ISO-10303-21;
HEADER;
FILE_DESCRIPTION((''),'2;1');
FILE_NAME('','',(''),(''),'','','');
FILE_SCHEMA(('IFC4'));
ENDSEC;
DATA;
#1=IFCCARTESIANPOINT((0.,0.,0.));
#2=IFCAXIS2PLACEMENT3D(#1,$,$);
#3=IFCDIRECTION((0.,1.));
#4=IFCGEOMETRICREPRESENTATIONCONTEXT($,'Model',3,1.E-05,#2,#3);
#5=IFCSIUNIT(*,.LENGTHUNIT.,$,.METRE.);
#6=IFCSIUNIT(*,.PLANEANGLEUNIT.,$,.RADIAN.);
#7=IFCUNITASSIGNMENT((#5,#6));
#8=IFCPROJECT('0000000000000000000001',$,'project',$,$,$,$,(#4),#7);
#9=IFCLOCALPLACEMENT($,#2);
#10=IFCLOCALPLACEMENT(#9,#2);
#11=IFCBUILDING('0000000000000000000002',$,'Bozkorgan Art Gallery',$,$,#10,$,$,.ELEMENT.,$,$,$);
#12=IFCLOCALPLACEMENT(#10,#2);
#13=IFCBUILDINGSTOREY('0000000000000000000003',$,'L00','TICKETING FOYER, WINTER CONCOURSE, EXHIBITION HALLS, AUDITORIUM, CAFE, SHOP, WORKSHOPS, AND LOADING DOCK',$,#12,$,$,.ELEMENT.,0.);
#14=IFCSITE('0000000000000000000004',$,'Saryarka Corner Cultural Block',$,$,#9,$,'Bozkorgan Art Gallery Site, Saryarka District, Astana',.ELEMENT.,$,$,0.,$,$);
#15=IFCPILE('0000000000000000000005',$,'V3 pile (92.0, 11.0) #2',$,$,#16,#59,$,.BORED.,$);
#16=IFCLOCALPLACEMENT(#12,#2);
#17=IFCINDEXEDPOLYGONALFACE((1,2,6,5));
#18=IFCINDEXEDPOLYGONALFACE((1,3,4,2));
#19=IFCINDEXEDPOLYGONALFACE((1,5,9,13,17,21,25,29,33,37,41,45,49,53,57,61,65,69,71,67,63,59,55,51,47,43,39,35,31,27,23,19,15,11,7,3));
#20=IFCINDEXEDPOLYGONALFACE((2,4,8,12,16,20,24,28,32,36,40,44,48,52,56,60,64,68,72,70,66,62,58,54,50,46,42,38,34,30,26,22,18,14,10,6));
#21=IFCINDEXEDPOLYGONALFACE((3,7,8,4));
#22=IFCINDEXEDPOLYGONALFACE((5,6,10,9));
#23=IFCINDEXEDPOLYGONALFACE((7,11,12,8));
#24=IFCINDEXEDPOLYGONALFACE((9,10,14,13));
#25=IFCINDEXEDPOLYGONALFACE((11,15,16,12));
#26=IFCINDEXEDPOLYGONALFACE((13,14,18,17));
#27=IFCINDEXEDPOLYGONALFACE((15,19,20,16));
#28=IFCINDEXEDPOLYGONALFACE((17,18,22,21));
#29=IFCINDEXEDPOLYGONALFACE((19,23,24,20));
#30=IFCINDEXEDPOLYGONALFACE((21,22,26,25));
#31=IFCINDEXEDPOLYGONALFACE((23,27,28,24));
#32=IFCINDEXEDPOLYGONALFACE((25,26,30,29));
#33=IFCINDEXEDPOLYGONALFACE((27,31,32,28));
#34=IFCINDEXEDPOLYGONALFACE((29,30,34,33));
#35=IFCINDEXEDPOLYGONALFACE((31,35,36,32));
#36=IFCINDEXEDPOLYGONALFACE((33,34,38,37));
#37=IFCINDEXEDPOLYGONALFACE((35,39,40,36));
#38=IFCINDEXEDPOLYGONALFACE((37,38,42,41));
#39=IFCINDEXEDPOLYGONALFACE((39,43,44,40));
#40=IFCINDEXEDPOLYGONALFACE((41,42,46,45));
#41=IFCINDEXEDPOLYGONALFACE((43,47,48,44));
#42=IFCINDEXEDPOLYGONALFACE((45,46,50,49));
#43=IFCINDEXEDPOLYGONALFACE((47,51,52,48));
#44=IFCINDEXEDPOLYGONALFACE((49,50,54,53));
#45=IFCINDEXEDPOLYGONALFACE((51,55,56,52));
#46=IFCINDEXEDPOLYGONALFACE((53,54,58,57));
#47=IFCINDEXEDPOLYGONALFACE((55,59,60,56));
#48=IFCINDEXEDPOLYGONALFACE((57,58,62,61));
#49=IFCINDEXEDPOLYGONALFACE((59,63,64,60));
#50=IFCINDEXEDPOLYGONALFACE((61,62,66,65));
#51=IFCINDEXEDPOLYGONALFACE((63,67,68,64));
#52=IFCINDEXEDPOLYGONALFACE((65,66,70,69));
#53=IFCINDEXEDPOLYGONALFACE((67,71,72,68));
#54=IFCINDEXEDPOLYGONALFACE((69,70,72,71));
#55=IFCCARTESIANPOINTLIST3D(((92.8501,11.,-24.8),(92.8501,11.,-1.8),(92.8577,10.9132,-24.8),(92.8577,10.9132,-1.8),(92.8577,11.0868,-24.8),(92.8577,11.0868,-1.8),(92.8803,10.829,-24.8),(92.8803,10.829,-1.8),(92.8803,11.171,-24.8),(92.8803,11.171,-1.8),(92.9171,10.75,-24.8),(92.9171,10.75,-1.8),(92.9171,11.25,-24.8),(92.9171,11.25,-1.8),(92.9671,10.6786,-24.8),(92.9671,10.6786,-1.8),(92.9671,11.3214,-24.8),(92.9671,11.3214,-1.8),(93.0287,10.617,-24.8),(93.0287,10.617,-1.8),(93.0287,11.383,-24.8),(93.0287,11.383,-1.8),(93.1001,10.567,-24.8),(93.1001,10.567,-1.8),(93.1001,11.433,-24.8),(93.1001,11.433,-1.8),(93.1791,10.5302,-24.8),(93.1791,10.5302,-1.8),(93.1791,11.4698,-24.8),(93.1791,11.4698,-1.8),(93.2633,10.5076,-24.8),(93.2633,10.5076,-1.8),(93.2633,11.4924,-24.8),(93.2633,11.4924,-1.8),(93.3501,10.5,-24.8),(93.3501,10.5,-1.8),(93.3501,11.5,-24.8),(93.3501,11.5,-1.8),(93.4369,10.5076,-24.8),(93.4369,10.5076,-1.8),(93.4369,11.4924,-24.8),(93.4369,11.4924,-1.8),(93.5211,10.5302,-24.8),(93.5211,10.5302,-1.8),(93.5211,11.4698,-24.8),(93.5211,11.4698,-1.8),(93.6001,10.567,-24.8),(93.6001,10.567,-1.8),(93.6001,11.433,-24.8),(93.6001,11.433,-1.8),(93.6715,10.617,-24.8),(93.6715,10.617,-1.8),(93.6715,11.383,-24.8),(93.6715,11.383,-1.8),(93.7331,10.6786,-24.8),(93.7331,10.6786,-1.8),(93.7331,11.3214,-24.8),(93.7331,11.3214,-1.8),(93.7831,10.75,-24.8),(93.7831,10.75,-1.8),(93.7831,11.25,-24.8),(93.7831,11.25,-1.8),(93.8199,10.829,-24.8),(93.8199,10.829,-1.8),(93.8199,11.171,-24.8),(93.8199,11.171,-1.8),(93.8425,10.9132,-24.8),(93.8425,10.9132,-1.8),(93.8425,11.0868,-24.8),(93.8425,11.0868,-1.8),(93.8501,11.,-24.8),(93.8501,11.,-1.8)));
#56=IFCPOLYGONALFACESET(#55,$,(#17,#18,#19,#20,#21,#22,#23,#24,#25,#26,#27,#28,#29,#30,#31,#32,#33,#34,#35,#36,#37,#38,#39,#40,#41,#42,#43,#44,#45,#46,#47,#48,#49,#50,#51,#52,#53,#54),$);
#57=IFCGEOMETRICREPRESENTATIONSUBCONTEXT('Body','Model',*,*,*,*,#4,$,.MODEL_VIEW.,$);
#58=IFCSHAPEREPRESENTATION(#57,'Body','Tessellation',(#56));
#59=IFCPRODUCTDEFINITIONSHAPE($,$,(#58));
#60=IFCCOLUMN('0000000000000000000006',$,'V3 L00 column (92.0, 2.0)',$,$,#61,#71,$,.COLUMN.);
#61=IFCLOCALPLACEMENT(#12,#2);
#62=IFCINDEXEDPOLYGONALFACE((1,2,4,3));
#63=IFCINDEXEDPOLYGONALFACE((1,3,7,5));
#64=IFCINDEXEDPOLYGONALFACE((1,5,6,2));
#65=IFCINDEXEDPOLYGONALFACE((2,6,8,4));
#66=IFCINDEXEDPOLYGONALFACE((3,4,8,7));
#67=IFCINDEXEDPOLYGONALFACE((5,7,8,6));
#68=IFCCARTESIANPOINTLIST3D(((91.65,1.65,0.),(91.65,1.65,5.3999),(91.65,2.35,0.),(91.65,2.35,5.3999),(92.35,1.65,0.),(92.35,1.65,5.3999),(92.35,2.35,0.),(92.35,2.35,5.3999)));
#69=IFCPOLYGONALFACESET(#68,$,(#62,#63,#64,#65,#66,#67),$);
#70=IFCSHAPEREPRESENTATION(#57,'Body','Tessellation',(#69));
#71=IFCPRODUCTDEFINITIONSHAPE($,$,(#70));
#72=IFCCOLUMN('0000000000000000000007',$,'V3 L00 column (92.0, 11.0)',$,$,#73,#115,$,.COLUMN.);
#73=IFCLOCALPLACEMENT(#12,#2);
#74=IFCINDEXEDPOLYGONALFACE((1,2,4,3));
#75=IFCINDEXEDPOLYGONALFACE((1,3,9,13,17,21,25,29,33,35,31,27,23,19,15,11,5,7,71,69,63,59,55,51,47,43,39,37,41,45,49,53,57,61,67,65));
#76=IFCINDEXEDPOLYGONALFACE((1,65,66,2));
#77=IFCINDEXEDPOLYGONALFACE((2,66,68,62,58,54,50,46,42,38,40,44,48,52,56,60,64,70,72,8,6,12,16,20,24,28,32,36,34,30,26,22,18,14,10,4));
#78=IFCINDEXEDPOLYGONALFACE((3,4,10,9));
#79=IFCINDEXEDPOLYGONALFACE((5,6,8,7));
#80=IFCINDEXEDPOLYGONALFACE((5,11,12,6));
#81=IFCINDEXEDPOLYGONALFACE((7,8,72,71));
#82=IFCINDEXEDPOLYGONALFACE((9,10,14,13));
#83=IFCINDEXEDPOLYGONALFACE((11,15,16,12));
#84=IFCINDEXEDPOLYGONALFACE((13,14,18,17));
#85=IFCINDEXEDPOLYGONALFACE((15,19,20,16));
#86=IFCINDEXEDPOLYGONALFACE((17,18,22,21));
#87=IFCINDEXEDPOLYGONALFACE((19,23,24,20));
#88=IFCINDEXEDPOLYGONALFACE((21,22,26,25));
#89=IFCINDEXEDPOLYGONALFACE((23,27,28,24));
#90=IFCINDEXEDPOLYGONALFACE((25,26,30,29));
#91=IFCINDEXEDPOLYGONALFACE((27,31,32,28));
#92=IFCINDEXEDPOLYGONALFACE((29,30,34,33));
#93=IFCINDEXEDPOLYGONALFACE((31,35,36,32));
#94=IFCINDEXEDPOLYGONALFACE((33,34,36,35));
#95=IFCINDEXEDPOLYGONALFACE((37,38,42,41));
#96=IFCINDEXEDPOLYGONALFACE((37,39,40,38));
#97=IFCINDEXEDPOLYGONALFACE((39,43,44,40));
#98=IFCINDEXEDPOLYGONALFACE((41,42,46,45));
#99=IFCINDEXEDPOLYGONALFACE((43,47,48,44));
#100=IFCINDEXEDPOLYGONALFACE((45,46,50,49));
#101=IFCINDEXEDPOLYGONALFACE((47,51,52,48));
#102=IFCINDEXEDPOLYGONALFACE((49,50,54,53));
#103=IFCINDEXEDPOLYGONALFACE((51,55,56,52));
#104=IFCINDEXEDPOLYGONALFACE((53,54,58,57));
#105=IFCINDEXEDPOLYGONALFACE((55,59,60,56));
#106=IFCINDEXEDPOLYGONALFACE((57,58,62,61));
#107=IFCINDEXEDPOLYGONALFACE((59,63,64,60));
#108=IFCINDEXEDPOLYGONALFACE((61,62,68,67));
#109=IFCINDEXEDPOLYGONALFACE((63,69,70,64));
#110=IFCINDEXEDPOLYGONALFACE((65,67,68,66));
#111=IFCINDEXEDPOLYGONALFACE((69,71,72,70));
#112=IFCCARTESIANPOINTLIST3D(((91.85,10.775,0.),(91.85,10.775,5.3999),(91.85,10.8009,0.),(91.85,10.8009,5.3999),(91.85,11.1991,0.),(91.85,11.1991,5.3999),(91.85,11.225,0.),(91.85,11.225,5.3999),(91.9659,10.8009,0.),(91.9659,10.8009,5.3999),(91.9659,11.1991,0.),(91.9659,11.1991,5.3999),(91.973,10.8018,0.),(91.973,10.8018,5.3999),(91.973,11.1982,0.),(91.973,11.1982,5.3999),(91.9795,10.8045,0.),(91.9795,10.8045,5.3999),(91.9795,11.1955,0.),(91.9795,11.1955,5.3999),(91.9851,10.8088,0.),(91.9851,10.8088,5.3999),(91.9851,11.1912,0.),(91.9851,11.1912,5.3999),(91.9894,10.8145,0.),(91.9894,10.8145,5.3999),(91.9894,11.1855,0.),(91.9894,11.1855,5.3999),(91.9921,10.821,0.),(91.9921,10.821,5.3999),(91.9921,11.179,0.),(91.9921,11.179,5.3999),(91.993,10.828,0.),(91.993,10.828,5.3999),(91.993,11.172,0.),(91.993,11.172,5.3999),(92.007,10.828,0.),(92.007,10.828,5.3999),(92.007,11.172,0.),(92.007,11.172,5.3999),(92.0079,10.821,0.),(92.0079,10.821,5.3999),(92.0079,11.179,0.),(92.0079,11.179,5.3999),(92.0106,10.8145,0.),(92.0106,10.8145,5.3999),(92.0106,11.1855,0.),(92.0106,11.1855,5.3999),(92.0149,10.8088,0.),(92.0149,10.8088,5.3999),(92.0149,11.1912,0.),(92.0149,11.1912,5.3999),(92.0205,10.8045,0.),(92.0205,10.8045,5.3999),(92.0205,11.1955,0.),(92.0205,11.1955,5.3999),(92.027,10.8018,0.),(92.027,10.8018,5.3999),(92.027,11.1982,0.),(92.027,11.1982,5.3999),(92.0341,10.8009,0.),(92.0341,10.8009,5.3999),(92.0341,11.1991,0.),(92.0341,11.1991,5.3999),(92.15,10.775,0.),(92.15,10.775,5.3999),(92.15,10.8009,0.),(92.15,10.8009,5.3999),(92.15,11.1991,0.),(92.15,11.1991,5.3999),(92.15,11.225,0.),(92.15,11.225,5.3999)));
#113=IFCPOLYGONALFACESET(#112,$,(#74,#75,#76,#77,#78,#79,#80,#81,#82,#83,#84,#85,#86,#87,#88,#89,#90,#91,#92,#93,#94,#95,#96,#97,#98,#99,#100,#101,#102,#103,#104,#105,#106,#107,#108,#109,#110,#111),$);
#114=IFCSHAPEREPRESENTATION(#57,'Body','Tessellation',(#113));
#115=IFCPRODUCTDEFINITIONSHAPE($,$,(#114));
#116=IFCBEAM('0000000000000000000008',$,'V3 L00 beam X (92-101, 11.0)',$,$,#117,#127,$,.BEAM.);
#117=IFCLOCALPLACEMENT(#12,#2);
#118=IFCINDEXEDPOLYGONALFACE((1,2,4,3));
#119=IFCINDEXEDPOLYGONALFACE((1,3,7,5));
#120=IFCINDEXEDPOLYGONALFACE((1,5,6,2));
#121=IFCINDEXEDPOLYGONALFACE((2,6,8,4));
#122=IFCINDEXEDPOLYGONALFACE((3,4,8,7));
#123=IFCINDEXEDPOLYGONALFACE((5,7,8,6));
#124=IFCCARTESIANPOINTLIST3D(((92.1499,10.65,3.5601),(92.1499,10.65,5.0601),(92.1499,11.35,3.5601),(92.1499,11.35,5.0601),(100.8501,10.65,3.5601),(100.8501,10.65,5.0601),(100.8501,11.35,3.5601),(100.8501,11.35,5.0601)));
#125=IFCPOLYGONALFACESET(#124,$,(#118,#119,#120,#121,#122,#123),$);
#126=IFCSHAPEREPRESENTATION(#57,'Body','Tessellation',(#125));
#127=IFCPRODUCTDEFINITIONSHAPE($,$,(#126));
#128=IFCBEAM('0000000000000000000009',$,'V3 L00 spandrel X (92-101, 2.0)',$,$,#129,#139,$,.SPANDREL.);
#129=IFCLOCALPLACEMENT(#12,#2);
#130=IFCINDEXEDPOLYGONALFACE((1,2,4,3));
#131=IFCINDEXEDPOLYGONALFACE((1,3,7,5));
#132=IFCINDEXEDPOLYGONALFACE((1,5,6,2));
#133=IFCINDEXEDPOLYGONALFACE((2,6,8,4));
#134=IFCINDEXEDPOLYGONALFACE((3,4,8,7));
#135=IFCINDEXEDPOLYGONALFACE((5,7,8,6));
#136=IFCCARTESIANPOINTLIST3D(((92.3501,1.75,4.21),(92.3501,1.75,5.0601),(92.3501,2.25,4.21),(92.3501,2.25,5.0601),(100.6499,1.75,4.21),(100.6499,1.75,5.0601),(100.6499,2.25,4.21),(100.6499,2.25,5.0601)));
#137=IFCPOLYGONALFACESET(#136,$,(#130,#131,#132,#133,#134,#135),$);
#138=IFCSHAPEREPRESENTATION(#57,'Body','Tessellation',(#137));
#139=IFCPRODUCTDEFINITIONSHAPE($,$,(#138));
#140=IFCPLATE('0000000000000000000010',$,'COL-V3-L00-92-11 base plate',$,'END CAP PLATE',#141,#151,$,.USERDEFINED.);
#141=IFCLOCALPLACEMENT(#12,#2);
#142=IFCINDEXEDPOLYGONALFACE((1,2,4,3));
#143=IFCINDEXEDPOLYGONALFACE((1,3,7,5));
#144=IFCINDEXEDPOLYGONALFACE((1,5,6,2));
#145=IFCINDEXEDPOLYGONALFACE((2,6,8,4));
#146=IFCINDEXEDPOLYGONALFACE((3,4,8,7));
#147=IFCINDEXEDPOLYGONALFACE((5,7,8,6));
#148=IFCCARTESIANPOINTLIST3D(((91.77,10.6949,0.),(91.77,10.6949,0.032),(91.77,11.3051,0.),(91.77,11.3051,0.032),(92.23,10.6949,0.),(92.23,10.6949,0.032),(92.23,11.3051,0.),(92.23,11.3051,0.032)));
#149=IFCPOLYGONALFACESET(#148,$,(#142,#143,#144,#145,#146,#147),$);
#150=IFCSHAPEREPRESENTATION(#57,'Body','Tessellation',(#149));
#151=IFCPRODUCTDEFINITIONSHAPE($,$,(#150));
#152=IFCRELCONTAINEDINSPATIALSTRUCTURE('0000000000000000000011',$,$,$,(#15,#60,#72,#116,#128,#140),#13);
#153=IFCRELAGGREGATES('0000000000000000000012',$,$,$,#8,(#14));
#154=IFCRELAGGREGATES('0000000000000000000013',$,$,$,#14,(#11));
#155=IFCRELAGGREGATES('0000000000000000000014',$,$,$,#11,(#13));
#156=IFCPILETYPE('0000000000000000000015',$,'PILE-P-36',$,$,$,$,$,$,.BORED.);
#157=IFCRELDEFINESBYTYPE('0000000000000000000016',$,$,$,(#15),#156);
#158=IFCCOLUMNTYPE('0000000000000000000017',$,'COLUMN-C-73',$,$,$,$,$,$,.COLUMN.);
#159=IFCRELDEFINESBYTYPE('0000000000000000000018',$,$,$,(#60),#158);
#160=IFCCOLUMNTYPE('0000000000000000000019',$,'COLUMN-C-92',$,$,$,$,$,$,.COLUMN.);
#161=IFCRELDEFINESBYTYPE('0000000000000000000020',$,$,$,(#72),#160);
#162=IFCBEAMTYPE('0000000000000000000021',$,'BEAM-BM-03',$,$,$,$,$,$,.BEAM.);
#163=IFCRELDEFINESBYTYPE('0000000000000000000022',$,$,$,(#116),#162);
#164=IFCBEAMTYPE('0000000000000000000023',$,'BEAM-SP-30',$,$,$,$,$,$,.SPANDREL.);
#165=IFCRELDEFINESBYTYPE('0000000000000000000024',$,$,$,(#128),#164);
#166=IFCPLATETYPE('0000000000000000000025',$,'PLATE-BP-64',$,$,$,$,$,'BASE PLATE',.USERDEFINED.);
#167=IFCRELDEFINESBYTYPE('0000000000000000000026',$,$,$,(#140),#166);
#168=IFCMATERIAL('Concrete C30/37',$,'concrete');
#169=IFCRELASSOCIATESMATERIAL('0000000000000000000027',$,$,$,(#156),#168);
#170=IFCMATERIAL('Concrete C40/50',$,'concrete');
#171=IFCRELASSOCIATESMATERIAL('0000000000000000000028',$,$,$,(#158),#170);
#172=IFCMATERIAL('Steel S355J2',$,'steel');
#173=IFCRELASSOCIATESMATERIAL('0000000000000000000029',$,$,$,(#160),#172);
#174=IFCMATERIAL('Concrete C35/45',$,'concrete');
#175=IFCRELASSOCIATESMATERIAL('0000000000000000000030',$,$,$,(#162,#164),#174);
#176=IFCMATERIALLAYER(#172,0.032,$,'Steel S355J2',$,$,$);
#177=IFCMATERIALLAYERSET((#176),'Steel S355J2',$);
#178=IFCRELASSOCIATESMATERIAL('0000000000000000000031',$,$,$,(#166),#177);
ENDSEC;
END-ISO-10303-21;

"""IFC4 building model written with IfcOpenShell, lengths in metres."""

from ifc_helpers import new_model, si_unit, direction, frame, origin, origin_2d, place, context, subcontext, project, spatial, rectangle, circle, i_section, extrude, material, layer, layer_set, material_profile, profile_set, type_object, element, save


model = new_model("IFC4")

# Units and contexts
model_context = context("Model", 3, precision=1e-05, world=origin(), true_north=direction((0.0, 1.0)))
body_context = subcontext(model_context, "Body", "Model", "MODEL_VIEW")
ifc_project = project(units=[si_unit("LENGTHUNIT", "METRE"), si_unit("PLANEANGLEUNIT", "RADIAN")], contexts=[model_context])

# Site, building, storey
site_placement = place(None, origin())
site = spatial("IfcSite", under=ifc_project, at=site_placement, Name="Saryarka Corner Cultural Block", LongName="Bozkorgan Art Gallery Site, Saryarka District, Astana", CompositionType="ELEMENT", RefElevation=0.0)
building_placement = place(site_placement, origin())
building = spatial("IfcBuilding", under=site, at=building_placement, Name="Bozkorgan Art Gallery", CompositionType="ELEMENT")
storey_placement = place(building_placement, origin())
storey = spatial("IfcBuildingStorey", under=building, at=storey_placement, Name="L00", Description="TICKETING FOYER, WINTER CONCOURSE, EXHIBITION HALLS, AUDITORIUM, CAFE, SHOP, WORKSHOPS, AND LOADING DOCK", CompositionType="ELEMENT", Elevation=0.0)

# Shared definitions
ifc_material_1 = material(Name="Concrete C30/37", Category="concrete")

# Pile
ifc_material_profile_1 = material_profile(ifc_material_1, circle(Radius=0.5, at=origin_2d()), Name="PILE D1000")
ifc_profile_set_1 = profile_set([ifc_material_profile_1], Name="Concrete C30/37")
pile_type = type_object("IfcPileType", Name="PILE-P-36", PredefinedType="BORED", material=ifc_profile_set_1)
for number, where, z_axis, x_axis, name in (
    (1, (93.3501, 11.0, -1.8), (0.0, 0.0, -1.0), (1.0, 0.0, 0.0), "V3 pile (92.0, 11.0) #2"),
):
    element("IfcPile", number, at=place(storey_placement, frame(where, z_axis=z_axis, x_axis=x_axis)), inside=storey, type_object=pile_type, Name=name, PredefinedType="BORED", context=body_context, shape_type="SweptSolid", body=[
        extrude(circle(Radius=0.5, at=origin_2d()), origin(), (0.0, 0.0, 1.0), 23.0),
    ])

# Columns
ifc_material_2 = material(Name="Concrete C40/50", Category="concrete")
ifc_material_profile_2 = material_profile(ifc_material_2, rectangle(XDim=0.7, YDim=0.7, at=origin_2d()), Name="RC 700x700")
ifc_profile_set_2 = profile_set([ifc_material_profile_2], Name="Concrete C40/50")
column_type_1 = type_object("IfcColumnType", Name="COLUMN-C-73", PredefinedType="COLUMN", material=ifc_profile_set_2)
column_1_placement = place(storey_placement, frame((92.0, 2.0, 0.0), z_axis=(0.0, 0.0, 1.0), x_axis=(1.0, 0.0, 0.0)))
element("IfcColumn", 2, at=column_1_placement, inside=storey, type_object=column_type_1, Name="V3 L00 column (92.0, 2.0)", PredefinedType="COLUMN", context=body_context, shape_type="SweptSolid", body=[
    extrude(rectangle(XDim=0.7, YDim=0.7, at=origin_2d()), origin(), (0.0, 0.0, 1.0), 5.3999),
])
ifc_material_3 = material(Name="Steel S355J2", Category="steel")
ifc_material_profile_3 = material_profile(ifc_material_3, i_section(OverallWidth=0.3, OverallDepth=0.45, WebThickness=0.0139, FlangeThickness=0.0259, FilletRadius=0.0271, at=origin_2d()), Name="HEB 450")
ifc_profile_set_3 = profile_set([ifc_material_profile_3], Name="Steel S355J2")
column_type_2 = type_object("IfcColumnType", Name="COLUMN-C-92", PredefinedType="COLUMN", material=ifc_profile_set_3)
column_2_placement = place(storey_placement, frame((92.0, 11.0, 0.0), z_axis=(0.0, 0.0, 1.0), x_axis=(1.0, 0.0, 0.0)))
element("IfcColumn", 3, at=column_2_placement, inside=storey, type_object=column_type_2, Name="V3 L00 column (92.0, 11.0)", PredefinedType="COLUMN", context=body_context, shape_type="SweptSolid", body=[
    extrude(i_section(OverallWidth=0.3, OverallDepth=0.45, WebThickness=0.0139, FlangeThickness=0.0259, FilletRadius=0.0271, at=origin_2d()), origin(), (0.0, 0.0, 1.0), 5.3999),
])

# Beams
ifc_material_4 = material(Name="Concrete C35/45", Category="concrete")
ifc_material_profile_4 = material_profile(ifc_material_4, rectangle(XDim=0.7, YDim=1.5, at=origin_2d()), Name="RC 700x1500")
ifc_profile_set_4 = profile_set([ifc_material_profile_4], Name="Concrete C35/45")
beam_type_1 = type_object("IfcBeamType", Name="BEAM-BM-03", PredefinedType="BEAM", material=ifc_profile_set_4)
beam_1_placement = place(storey_placement, frame((92.1499, 11.0, 4.3101), z_axis=(1.0, 0.0, 0.0), x_axis=(0.0, 1.0, 0.0)))
element("IfcBeam", 4, at=beam_1_placement, inside=storey, type_object=beam_type_1, Name="V3 L00 beam X (92-101, 11.0)", PredefinedType="BEAM", context=body_context, shape_type="SweptSolid", body=[
    extrude(rectangle(XDim=0.7, YDim=1.5, at=origin_2d()), origin(), (0.0, 0.0, 1.0), 8.7002),
])
ifc_material_profile_5 = material_profile(ifc_material_4, rectangle(XDim=0.5, YDim=0.8501, at=origin_2d()), Name="RC 500x850")
ifc_profile_set_5 = profile_set([ifc_material_profile_5], Name="Concrete C35/45")
beam_type_2 = type_object("IfcBeamType", Name="BEAM-SP-30", PredefinedType="SPANDREL", material=ifc_profile_set_5)
beam_2_placement = place(storey_placement, frame((92.3501, 2.0, 4.635), z_axis=(1.0, 0.0, 0.0), x_axis=(0.0, 1.0, 0.0)))
element("IfcBeam", 5, at=beam_2_placement, inside=storey, type_object=beam_type_2, Name="V3 L00 spandrel X (92-101, 2.0)", PredefinedType="SPANDREL", context=body_context, shape_type="SweptSolid", body=[
    extrude(rectangle(XDim=0.5, YDim=0.8501, at=origin_2d()), origin(), (0.0, 0.0, 1.0), 8.2998),
])

# Plate
ifc_layer_1 = layer(ifc_material_3, 0.032, Name="Steel S355J2")
ifc_layer_set_1 = layer_set([ifc_layer_1], Name="Steel S355J2")
plate_type = type_object("IfcPlateType", Name="PLATE-BP-64", ElementType="BASE PLATE", PredefinedType="USERDEFINED", material=ifc_layer_set_1)
plate_placement = place(storey_placement, frame((92.0, 11.0, 0.0), z_axis=(0.0, 0.0, 1.0), x_axis=(1.0, 0.0, 0.0)))
element("IfcPlate", 6, at=plate_placement, inside=storey, type_object=plate_type, Name="COL-V3-L00-92-11 base plate", ObjectType="END CAP PLATE", PredefinedType="USERDEFINED", context=body_context, shape_type="SweptSolid", body=[
    extrude(rectangle(XDim=0.46, YDim=0.6101, at=origin_2d()), origin(), (0.0, 0.0, 1.0), 0.032),
])

save(model, "model.ifc")
